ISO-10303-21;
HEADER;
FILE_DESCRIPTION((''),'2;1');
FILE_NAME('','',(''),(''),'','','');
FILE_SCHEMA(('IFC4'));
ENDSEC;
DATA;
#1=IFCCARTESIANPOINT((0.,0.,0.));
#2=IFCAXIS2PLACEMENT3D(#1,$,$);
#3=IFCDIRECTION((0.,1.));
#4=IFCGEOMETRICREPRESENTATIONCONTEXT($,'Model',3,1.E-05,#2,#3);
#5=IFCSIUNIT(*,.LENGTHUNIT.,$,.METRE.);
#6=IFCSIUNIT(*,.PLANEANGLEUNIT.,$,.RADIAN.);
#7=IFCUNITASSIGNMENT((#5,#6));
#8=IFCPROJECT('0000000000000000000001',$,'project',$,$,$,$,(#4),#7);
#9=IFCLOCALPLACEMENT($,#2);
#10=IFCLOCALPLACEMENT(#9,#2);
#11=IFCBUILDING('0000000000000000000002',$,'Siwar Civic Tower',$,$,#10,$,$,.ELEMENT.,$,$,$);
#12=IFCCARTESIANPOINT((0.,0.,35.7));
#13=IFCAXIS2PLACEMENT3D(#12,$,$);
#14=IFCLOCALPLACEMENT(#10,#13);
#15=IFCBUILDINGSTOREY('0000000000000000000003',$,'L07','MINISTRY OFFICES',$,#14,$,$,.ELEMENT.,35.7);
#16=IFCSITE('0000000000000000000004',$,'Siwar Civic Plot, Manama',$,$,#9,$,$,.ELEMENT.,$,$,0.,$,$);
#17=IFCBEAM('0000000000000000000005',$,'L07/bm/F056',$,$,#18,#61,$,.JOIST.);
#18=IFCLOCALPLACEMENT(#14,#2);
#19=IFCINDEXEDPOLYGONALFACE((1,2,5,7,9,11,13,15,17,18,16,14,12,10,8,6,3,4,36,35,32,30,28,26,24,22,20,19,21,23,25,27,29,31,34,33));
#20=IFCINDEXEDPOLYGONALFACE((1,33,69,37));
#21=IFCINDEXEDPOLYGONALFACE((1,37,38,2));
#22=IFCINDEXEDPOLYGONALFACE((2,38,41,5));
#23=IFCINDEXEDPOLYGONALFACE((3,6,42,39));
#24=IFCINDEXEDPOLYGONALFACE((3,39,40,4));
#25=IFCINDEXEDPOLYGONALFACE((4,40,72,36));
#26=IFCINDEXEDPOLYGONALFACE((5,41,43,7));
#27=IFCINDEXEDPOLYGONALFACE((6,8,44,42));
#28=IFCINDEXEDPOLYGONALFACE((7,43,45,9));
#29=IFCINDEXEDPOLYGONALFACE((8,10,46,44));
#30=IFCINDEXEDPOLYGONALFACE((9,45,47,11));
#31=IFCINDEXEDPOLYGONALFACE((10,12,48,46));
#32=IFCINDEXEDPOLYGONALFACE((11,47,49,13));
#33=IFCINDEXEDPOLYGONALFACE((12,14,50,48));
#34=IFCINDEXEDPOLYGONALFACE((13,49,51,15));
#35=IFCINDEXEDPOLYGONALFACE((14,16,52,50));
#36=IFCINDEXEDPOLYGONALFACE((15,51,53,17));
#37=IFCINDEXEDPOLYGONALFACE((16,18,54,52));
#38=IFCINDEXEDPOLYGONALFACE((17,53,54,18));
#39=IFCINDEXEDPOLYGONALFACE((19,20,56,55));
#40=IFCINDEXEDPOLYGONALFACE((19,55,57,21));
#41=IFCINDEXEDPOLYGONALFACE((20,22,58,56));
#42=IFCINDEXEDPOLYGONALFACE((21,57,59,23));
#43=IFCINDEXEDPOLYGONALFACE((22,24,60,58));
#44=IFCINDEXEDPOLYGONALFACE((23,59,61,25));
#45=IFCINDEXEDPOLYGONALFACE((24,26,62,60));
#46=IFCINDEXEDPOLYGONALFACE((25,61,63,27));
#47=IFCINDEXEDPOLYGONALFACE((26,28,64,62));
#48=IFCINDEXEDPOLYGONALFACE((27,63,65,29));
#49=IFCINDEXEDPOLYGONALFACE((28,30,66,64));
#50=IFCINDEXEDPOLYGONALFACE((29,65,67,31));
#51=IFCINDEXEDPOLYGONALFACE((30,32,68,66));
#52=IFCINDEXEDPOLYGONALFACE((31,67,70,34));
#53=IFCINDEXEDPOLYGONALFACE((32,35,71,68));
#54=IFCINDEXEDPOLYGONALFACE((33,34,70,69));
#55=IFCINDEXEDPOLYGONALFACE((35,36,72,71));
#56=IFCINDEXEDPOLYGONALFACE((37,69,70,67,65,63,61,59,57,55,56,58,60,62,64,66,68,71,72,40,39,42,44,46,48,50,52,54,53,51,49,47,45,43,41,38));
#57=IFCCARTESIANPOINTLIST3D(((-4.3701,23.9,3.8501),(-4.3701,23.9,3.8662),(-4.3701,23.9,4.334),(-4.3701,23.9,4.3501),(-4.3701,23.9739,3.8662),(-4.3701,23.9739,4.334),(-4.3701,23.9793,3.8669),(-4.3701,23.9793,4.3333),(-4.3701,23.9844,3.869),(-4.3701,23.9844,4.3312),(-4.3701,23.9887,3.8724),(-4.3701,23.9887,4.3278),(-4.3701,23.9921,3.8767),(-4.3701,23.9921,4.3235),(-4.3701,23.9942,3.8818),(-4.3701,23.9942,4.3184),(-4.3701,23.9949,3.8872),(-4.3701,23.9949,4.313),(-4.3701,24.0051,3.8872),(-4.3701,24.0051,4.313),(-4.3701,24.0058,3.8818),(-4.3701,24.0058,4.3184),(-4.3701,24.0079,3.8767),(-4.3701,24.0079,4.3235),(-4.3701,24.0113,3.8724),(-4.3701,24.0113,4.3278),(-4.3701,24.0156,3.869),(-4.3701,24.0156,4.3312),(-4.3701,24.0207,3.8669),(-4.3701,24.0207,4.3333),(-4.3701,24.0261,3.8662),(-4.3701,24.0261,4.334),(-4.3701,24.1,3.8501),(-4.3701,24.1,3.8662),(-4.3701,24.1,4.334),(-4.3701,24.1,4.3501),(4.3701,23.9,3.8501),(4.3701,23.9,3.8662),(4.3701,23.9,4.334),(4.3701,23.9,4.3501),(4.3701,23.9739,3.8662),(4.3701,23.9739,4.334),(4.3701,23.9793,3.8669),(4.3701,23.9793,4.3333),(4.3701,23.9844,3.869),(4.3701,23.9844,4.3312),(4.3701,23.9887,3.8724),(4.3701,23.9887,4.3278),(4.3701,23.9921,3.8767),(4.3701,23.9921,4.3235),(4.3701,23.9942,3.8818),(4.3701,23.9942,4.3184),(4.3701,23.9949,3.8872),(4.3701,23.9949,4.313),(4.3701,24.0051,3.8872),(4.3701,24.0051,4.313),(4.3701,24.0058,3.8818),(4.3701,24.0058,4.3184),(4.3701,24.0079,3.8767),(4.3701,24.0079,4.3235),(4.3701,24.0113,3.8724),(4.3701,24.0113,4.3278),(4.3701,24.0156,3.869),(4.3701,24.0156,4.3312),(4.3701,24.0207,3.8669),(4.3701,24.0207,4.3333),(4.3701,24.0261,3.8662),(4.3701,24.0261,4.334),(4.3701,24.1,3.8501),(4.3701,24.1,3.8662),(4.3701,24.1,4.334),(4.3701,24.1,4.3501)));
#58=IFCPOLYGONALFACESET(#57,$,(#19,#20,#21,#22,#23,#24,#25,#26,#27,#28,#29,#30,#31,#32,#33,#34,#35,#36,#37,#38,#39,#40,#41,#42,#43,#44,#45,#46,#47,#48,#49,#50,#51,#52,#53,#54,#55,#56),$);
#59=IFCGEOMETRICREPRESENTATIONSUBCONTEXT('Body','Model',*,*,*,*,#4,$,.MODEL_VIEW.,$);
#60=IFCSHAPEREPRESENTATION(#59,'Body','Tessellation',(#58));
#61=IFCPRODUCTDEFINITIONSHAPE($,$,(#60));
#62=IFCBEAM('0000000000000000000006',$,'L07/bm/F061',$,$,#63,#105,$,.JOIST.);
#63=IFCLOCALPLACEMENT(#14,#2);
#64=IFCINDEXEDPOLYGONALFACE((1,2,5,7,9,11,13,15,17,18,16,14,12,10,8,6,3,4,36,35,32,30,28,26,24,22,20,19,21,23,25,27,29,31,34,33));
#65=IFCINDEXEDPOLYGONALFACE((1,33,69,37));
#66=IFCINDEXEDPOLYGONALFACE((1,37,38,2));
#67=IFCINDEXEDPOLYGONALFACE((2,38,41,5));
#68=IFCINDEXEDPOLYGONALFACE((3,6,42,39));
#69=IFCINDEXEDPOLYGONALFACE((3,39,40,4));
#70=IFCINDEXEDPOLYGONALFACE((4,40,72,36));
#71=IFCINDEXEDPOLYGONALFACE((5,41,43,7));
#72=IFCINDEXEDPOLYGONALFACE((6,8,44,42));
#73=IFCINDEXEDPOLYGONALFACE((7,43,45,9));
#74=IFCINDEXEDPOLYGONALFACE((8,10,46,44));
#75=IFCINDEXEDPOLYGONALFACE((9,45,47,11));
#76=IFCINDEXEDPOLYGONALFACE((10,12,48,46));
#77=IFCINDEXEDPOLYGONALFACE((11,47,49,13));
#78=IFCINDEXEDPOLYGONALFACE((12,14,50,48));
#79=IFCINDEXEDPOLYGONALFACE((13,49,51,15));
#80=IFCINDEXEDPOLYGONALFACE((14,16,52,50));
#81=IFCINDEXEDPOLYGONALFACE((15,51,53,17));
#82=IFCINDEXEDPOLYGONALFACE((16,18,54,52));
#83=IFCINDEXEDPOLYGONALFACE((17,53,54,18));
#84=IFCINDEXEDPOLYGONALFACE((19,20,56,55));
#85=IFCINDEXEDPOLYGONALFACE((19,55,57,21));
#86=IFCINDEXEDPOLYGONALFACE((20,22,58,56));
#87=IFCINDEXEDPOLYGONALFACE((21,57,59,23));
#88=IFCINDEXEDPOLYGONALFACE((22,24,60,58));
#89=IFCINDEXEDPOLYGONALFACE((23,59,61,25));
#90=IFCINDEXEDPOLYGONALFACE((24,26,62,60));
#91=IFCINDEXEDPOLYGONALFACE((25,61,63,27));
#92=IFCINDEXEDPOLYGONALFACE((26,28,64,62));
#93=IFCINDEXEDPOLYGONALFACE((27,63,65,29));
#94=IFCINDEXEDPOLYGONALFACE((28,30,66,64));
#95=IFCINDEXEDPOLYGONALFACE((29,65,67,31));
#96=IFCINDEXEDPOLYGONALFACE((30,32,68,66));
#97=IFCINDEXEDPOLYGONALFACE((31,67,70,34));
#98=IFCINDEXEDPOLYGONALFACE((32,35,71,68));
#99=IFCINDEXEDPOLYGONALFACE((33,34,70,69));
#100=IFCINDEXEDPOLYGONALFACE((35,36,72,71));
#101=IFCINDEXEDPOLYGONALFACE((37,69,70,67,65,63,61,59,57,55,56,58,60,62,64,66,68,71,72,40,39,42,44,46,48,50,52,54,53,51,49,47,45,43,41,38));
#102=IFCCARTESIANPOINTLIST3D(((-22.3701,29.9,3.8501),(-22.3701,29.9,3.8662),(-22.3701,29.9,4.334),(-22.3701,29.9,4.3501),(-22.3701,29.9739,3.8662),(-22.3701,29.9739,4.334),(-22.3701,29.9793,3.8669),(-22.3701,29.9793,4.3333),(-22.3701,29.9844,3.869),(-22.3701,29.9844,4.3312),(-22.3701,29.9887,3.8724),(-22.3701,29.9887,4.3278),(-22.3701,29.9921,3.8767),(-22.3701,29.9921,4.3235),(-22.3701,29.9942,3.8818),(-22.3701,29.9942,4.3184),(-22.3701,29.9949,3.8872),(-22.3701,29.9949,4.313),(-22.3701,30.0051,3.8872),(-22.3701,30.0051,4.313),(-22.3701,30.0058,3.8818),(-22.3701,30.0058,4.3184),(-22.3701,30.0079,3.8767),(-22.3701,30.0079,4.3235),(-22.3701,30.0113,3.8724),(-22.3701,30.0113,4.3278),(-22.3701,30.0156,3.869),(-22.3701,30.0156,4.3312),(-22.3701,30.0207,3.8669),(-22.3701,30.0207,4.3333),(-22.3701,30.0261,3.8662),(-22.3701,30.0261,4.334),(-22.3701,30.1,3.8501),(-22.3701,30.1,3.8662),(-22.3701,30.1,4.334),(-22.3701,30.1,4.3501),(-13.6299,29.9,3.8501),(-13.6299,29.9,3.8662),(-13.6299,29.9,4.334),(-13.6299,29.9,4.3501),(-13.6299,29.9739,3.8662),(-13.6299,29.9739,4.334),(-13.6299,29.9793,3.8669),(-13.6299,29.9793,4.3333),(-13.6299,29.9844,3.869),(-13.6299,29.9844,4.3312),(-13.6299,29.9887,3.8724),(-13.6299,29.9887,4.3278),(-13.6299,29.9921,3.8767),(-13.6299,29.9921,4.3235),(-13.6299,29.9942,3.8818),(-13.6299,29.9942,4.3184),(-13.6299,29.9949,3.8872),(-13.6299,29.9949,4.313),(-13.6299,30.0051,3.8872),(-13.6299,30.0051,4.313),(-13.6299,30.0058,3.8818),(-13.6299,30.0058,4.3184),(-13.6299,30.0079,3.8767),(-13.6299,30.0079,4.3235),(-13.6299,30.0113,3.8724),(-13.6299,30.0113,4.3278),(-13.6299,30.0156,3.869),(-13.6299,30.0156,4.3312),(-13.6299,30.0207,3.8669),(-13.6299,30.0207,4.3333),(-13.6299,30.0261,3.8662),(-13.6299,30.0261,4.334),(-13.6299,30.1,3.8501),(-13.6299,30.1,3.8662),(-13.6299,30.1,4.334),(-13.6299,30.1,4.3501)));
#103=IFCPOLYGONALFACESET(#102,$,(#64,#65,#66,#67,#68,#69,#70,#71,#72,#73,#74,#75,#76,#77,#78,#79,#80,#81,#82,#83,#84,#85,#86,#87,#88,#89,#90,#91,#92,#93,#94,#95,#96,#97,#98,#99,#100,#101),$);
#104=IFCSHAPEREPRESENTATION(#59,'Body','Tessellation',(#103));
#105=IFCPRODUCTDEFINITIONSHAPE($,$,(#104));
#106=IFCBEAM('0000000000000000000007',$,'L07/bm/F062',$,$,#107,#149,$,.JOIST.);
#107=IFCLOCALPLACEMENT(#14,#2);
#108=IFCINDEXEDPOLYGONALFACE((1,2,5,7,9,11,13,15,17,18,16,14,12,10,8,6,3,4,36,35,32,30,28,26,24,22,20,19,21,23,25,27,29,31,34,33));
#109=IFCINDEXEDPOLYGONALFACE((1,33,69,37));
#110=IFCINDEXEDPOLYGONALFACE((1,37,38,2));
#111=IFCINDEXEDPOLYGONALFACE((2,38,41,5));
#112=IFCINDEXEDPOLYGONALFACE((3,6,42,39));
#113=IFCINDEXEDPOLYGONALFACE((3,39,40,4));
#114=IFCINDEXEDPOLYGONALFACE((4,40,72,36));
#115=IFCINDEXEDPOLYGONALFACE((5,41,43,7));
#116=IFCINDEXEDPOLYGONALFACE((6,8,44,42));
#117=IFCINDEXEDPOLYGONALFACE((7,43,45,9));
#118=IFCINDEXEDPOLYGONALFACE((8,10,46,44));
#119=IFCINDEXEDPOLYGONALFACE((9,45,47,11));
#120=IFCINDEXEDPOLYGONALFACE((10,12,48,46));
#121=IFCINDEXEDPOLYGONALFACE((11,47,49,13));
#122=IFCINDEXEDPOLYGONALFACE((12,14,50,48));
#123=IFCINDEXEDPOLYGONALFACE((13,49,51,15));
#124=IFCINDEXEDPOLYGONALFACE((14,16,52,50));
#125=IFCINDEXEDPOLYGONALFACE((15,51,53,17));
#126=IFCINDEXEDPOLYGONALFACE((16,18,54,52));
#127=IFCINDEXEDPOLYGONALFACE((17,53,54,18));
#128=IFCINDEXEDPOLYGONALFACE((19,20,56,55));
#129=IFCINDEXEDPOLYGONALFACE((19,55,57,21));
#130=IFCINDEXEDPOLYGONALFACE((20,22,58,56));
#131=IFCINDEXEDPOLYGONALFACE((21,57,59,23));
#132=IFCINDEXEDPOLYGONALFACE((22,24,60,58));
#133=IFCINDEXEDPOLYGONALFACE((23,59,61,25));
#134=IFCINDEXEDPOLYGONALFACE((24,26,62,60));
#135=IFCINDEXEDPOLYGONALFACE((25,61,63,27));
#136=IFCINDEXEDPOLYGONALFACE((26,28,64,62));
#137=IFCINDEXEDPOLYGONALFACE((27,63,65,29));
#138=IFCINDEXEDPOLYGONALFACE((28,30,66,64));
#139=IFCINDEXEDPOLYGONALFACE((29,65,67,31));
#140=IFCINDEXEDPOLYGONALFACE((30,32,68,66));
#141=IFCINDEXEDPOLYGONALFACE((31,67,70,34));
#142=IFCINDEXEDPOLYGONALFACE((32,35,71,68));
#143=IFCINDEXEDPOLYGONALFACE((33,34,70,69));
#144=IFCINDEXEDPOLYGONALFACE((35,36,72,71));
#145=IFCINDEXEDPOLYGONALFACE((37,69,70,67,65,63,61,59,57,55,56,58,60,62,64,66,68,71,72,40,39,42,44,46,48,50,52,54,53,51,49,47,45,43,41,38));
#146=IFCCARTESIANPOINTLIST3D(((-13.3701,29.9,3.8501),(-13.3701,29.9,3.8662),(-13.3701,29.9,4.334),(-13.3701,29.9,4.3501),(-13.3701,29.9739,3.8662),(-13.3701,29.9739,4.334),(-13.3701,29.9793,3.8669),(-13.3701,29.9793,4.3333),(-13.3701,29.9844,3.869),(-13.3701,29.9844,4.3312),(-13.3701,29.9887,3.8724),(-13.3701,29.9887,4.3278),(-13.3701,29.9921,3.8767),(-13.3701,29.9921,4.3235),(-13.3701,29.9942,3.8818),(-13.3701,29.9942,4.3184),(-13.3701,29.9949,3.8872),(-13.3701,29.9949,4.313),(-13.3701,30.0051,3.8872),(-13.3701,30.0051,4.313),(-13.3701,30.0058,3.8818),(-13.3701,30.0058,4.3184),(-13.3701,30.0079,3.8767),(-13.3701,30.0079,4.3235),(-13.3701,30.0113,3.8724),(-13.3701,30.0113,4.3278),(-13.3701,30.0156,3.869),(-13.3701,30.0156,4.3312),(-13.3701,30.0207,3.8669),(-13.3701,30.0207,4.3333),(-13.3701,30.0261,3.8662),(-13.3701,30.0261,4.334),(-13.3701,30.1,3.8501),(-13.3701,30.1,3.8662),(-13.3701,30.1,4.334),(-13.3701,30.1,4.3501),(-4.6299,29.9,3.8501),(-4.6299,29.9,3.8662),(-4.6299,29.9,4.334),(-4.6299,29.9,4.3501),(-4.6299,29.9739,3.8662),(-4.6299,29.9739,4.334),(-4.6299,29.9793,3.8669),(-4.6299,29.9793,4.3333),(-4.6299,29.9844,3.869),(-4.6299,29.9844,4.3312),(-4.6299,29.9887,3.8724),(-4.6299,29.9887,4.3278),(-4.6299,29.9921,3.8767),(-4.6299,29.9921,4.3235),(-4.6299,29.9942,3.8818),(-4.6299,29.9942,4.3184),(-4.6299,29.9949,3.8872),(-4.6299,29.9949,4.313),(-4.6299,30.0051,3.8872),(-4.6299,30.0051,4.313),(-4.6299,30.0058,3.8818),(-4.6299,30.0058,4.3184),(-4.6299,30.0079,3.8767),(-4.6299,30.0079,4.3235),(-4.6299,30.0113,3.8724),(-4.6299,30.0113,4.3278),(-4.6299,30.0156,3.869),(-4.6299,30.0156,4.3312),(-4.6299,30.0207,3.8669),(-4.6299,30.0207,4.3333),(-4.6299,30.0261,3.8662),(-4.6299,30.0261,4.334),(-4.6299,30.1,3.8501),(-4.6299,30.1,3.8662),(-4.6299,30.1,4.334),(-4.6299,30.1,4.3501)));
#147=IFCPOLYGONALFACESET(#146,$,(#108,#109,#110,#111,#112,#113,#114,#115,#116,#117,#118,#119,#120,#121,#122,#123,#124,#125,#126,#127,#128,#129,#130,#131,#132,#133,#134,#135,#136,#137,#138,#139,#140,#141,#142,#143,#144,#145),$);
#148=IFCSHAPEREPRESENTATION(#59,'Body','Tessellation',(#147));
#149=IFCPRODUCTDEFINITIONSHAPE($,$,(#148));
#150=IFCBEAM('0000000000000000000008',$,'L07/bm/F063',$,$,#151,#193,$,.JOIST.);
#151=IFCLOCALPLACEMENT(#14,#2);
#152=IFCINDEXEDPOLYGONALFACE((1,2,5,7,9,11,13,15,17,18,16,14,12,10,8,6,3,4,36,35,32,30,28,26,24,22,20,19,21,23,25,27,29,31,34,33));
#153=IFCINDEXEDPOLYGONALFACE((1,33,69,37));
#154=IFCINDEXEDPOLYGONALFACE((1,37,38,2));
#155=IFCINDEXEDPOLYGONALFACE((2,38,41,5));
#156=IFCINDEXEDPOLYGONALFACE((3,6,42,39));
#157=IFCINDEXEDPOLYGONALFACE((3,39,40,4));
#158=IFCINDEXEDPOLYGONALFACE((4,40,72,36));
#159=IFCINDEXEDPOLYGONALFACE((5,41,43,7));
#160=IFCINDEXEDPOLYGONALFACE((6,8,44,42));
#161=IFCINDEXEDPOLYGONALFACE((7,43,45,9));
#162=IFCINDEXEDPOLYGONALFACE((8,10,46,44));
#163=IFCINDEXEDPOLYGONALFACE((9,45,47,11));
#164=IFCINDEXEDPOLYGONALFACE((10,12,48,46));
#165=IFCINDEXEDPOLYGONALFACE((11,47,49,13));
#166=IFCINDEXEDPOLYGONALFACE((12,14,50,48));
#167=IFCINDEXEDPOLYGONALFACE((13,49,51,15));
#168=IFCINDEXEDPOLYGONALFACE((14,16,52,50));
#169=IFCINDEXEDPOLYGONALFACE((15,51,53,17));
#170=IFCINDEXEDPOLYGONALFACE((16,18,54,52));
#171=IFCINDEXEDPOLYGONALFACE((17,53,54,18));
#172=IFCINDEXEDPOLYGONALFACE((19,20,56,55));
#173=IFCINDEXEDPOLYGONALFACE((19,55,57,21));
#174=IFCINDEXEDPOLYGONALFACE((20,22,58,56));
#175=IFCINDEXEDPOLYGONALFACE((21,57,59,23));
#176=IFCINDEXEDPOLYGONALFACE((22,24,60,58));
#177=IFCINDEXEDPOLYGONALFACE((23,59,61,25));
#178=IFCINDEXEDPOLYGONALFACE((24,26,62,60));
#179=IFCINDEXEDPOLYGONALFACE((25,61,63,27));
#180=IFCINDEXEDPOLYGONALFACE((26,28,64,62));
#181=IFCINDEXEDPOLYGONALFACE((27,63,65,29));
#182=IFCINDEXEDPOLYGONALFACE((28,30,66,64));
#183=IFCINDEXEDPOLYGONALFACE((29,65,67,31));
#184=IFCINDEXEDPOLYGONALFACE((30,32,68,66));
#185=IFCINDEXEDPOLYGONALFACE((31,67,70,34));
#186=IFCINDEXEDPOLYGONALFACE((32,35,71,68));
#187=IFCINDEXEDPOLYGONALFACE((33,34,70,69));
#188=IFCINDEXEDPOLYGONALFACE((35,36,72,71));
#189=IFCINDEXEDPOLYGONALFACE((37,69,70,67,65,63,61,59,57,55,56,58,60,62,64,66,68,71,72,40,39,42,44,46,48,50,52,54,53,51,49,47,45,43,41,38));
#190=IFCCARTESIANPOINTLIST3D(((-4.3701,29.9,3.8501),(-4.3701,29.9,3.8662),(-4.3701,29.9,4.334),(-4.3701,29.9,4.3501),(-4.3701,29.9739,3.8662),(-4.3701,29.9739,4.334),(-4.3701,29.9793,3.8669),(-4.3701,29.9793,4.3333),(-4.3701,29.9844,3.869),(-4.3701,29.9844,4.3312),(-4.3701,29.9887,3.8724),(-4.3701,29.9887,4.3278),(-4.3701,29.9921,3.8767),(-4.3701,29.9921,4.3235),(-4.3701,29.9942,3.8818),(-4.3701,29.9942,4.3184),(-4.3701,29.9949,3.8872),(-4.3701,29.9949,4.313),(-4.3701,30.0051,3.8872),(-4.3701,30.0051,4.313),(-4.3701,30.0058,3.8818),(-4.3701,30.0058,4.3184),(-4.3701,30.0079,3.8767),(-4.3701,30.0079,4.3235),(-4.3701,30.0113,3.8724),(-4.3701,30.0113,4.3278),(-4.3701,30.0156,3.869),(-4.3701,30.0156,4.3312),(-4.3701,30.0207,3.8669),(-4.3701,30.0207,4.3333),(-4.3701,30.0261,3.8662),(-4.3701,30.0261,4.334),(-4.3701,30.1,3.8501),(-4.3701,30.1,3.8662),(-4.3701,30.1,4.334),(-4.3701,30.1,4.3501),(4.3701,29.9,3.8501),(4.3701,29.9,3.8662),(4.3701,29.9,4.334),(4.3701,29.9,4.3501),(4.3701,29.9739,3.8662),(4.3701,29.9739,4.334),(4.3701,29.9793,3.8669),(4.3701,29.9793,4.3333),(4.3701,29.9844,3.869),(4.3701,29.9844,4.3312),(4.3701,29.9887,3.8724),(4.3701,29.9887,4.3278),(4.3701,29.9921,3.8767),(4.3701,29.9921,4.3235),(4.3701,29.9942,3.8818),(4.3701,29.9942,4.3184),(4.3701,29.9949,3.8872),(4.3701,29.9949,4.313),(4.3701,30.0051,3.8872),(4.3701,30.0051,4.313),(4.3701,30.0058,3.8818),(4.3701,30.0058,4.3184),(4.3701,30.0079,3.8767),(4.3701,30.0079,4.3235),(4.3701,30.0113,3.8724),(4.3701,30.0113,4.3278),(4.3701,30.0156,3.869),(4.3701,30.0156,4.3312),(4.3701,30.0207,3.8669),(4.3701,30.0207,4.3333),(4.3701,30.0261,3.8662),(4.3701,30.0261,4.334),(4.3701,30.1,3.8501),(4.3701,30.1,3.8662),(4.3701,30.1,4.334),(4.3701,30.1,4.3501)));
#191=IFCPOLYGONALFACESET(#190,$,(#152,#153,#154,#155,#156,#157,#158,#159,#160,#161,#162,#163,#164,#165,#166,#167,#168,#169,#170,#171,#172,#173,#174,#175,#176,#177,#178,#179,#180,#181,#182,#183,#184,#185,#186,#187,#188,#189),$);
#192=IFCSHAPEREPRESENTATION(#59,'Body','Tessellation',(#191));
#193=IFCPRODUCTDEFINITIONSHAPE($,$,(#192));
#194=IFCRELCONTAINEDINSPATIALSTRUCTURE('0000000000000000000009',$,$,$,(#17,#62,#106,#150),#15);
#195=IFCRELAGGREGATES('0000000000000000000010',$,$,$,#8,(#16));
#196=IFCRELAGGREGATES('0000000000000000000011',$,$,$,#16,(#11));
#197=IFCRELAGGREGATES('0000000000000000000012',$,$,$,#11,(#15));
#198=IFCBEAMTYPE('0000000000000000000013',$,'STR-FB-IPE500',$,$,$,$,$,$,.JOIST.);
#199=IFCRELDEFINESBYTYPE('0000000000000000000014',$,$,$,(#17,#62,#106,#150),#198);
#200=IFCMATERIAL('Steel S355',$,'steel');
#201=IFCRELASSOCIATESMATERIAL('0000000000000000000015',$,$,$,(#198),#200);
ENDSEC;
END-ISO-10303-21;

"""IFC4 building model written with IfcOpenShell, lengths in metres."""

from ifc_helpers import new_model, si_unit, direction, frame, origin, origin_2d, place, context, subcontext, project, spatial, i_section, extrude, material, material_profile, profile_set, type_object, element, save


model = new_model("IFC4")

# Units and contexts
model_context = context("Model", 3, precision=1e-05, world=origin(), true_north=direction((0.0, 1.0)))
body_context = subcontext(model_context, "Body", "Model", "MODEL_VIEW")
ifc_project = project(units=[si_unit("LENGTHUNIT", "METRE"), si_unit("PLANEANGLEUNIT", "RADIAN")], contexts=[model_context])

# Site, building, storey
site_placement = place(None, origin())
site = spatial("IfcSite", under=ifc_project, at=site_placement, Name="Siwar Civic Plot, Manama", CompositionType="ELEMENT", RefElevation=0.0)
building_placement = place(site_placement, origin())
building = spatial("IfcBuilding", under=site, at=building_placement, Name="Siwar Civic Tower", CompositionType="ELEMENT")
storey_placement = place(building_placement, frame((0.0, 0.0, 35.7)))
storey = spatial("IfcBuildingStorey", under=building, at=storey_placement, Name="L07", Description="MINISTRY OFFICES", CompositionType="ELEMENT", Elevation=35.7)

# Beams
ifc_material_1 = material(Name="Steel S355", Category="steel")
ifc_material_profile_1 = material_profile(ifc_material_1, i_section(OverallWidth=0.2, OverallDepth=0.5, WebThickness=0.0103, FlangeThickness=0.0161, FilletRadius=0.021, at=origin_2d()), Name="IPE500")
ifc_profile_set_1 = profile_set([ifc_material_profile_1], Name="Steel S355")
beam_type_1 = type_object("IfcBeamType", Name="STR-FB-IPE500", PredefinedType="JOIST", material=ifc_profile_set_1)
for number, where, z_axis, x_axis, name in (
    (1, (-4.3701, 24.0, 4.1001), (1.0, 0.0, 0.0), (0.0, 1.0, 0.0), "L07/bm/F056"),
    (2, (-22.3701, 30.0, 4.1001), (1.0, 0.0, 0.0), (0.0, 1.0, 0.0), "L07/bm/F061"),
    (3, (-13.3701, 30.0, 4.1001), (1.0, 0.0, 0.0), (0.0, 1.0, 0.0), "L07/bm/F062"),
    (4, (-4.3701, 30.0, 4.1001), (1.0, 0.0, 0.0), (0.0, 1.0, 0.0), "L07/bm/F063"),
):
    element("IfcBeam", number, at=place(storey_placement, frame(where, z_axis=z_axis, x_axis=x_axis)), inside=storey, type_object=beam_type_1, Name=name, PredefinedType="JOIST", context=body_context, shape_type="SweptSolid", body=[
        extrude(i_section(OverallWidth=0.2, OverallDepth=0.5, WebThickness=0.0103, FlangeThickness=0.0161, FilletRadius=0.021, at=origin_2d()), origin(), (0.0, 0.0, 1.0), 8.7402),
    ])

save(model, "model.ifc")
